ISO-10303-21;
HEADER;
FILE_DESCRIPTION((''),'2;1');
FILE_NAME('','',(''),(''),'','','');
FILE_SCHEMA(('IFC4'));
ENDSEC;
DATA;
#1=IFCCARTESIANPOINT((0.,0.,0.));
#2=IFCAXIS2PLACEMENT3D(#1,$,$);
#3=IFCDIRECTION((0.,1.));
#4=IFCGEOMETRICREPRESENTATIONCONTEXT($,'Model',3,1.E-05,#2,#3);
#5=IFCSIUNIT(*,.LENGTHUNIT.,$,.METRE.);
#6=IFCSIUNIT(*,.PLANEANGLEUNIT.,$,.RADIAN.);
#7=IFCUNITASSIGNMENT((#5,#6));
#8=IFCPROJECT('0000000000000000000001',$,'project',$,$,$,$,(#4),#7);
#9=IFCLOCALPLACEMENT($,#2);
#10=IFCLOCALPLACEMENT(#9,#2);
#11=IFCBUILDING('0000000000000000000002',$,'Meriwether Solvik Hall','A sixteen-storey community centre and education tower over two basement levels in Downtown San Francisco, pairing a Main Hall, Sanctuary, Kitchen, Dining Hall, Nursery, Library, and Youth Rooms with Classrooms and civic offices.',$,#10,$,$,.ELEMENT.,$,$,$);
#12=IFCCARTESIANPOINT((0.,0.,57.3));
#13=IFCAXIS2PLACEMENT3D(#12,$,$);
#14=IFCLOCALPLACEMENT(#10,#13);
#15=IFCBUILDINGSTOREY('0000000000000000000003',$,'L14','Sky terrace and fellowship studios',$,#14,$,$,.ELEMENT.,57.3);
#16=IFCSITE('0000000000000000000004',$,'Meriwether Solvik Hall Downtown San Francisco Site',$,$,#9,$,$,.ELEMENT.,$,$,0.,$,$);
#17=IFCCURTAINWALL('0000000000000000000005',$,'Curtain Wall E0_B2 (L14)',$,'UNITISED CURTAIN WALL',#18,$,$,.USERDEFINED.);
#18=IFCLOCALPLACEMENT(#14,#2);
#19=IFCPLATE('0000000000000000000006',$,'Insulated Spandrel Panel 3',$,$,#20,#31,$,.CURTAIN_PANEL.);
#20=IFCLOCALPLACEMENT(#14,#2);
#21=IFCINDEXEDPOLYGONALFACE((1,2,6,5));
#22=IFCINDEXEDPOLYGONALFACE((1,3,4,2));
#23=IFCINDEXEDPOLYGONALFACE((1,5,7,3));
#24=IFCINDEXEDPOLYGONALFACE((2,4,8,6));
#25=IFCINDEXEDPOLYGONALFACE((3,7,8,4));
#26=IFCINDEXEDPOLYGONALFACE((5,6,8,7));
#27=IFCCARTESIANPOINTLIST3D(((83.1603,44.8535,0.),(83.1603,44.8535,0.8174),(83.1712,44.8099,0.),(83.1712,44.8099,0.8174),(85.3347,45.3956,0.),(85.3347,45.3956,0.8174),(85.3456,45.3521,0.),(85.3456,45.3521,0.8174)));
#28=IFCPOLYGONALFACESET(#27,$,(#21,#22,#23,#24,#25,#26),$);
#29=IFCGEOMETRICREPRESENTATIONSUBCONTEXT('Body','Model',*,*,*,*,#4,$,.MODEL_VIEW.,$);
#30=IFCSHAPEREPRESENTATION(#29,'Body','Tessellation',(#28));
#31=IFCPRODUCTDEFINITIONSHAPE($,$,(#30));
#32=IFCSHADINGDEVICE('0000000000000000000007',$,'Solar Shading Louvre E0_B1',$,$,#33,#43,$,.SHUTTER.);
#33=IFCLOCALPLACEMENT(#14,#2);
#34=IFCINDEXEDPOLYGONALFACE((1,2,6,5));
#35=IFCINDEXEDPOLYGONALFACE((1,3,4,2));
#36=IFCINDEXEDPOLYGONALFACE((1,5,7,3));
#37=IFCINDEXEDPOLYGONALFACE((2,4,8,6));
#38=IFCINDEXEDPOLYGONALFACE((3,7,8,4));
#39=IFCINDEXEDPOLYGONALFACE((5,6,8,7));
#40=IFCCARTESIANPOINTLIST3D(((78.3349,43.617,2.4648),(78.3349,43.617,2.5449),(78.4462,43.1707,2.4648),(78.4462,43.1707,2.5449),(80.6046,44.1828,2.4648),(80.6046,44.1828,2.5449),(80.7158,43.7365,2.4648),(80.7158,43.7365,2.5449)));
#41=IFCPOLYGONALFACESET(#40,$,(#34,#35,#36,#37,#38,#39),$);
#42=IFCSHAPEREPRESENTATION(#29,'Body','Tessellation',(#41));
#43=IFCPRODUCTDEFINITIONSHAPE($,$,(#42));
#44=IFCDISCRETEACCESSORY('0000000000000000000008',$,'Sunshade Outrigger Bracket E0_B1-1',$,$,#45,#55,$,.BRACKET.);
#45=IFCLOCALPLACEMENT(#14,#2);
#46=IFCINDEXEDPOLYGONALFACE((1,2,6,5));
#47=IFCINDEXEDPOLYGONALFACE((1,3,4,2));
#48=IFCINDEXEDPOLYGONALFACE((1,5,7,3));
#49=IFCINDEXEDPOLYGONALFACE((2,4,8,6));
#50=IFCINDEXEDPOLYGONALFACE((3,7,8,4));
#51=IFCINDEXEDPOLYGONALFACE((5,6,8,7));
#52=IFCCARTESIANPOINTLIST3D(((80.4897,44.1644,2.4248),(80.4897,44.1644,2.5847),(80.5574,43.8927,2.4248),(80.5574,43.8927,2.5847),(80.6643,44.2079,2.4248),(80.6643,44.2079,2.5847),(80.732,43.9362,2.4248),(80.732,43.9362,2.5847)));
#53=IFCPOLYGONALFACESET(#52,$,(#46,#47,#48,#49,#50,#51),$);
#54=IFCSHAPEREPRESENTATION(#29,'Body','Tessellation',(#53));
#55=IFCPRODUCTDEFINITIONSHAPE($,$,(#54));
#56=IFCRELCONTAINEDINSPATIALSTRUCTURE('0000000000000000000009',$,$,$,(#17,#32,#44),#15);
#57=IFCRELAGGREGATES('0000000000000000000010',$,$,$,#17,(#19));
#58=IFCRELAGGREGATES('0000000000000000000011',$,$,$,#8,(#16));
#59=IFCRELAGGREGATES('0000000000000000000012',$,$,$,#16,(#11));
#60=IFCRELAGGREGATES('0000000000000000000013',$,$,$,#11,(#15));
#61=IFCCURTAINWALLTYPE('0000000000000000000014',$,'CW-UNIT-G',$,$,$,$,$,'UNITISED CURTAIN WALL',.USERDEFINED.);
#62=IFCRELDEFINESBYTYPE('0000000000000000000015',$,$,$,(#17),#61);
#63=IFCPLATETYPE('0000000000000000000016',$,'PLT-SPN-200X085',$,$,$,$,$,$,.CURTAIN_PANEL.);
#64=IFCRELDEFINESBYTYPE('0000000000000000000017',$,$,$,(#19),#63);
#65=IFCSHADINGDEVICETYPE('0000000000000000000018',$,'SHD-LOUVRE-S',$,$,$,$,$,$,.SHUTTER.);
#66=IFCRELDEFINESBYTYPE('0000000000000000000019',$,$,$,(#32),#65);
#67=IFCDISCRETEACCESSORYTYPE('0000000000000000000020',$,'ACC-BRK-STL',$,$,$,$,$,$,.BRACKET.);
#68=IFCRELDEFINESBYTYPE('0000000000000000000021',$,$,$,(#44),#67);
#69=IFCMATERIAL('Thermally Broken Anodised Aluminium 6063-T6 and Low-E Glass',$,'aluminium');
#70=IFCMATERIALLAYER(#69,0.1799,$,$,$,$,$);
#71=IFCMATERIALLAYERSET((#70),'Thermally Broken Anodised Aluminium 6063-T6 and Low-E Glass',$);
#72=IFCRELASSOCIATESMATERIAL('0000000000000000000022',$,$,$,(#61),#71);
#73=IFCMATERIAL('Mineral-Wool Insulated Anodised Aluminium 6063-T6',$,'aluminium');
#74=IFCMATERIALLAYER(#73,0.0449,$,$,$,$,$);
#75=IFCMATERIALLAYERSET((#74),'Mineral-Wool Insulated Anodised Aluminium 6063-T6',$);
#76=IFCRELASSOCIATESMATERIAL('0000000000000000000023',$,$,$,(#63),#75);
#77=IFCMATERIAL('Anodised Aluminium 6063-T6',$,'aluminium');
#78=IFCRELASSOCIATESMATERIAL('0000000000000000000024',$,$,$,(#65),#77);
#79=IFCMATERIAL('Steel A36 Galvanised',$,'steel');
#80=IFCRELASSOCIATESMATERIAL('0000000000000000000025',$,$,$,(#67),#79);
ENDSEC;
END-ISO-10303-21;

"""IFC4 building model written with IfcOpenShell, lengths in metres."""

from ifc_helpers import new_model, si_unit, direction, frame, origin, origin_2d, place, context, subcontext, project, spatial, rectangle, extrude, material, layer, layer_set, type_object, element, aggregate, save


model = new_model("IFC4")

# Units and contexts
model_context = context("Model", 3, precision=1e-05, world=origin(), true_north=direction((0.0, 1.0)))
body_context = subcontext(model_context, "Body", "Model", "MODEL_VIEW")
ifc_project = project(units=[si_unit("LENGTHUNIT", "METRE"), si_unit("PLANEANGLEUNIT", "RADIAN")], contexts=[model_context])

# Site, building, storey
site_placement = place(None, origin())
site = spatial("IfcSite", under=ifc_project, at=site_placement, Name="Meriwether Solvik Hall Downtown San Francisco Site", CompositionType="ELEMENT", RefElevation=0.0)
building_placement = place(site_placement, origin())
building = spatial("IfcBuilding", under=site, at=building_placement, Name="Meriwether Solvik Hall", Description="A sixteen-storey community centre and education tower over two basement levels in Downtown San Francisco, pairing a Main Hall, Sanctuary, Kitchen, Dining Hall, Nursery, Library, and Youth Rooms with Classrooms and civic offices.", CompositionType="ELEMENT")
storey_placement = place(building_placement, frame((0.0, 0.0, 57.3)))
storey = spatial("IfcBuildingStorey", under=building, at=storey_placement, Name="L14", Description="Sky terrace and fellowship studios", CompositionType="ELEMENT", Elevation=57.3)

# Curtain wall
ifc_material_1 = material(Name="Thermally Broken Anodised Aluminium 6063-T6 and Low-E Glass", Category="aluminium")
ifc_layer_1 = layer(ifc_material_1, 0.1799)
ifc_layer_set_1 = layer_set([ifc_layer_1], Name="Thermally Broken Anodised Aluminium 6063-T6 and Low-E Glass")
curtain_wall_type_1 = type_object("IfcCurtainWallType", Name="CW-UNIT-G", ElementType="UNITISED CURTAIN WALL", PredefinedType="USERDEFINED", material=ifc_layer_set_1)
curtain_wall_1_placement = place(storey_placement, origin())
curtain_wall_1 = element("IfcCurtainWall", 1, at=curtain_wall_1_placement, inside=storey, type_object=curtain_wall_type_1, Name="Curtain Wall E0_B2 (L14)", ObjectType="UNITISED CURTAIN WALL", PredefinedType="USERDEFINED")

# Plate
ifc_material_2 = material(Name="Mineral-Wool Insulated Anodised Aluminium 6063-T6", Category="aluminium")
ifc_layer_2 = layer(ifc_material_2, 0.0449)
ifc_layer_set_2 = layer_set([ifc_layer_2], Name="Mineral-Wool Insulated Anodised Aluminium 6063-T6")
plate_type_1 = type_object("IfcPlateType", Name="PLT-SPN-200X085", PredefinedType="CURTAIN_PANEL", material=ifc_layer_set_2)
plate_1_placement = place(storey_placement, frame((84.2529, 45.1028, 0.0), z_axis=(0.0, 0.0, 1.0), x_axis=(-0.970296, -0.241922, 0.0)))
plate_1 = element("IfcPlate", 2, at=plate_1_placement, type_object=plate_type_1, Name="Insulated Spandrel Panel 3", PredefinedType="CURTAIN_PANEL", context=body_context, shape_type="SweptSolid", body=[
    extrude(rectangle(XDim=2.241, YDim=0.0449, at=origin_2d()), origin(), (0.0, 0.0, 1.0), 0.8174),
])
aggregate(curtain_wall_1, [plate_1])

# Shading device
ifc_material_3 = material(Name="Anodised Aluminium 6063-T6", Category="aluminium")
shading_device_type = type_object("IfcShadingDeviceType", Name="SHD-LOUVRE-S", PredefinedType="SHUTTER", material=ifc_material_3)
shading_device_placement = place(storey_placement, frame((79.5254, 43.6768, 2.4648), z_axis=(0.0, 0.0, 1.0), x_axis=(-0.970296, -0.241922, 0.0)))
element("IfcShadingDevice", 3, at=shading_device_placement, inside=storey, type_object=shading_device_type, Name="Solar Shading Louvre E0_B1", PredefinedType="SHUTTER", context=body_context, shape_type="SweptSolid", body=[
    extrude(rectangle(XDim=2.3391, YDim=0.46, at=origin_2d()), origin(), (0.0, 0.0, 1.0), 0.0801),
])

# Discrete accessory
ifc_material_4 = material(Name="Steel A36 Galvanised", Category="steel")
discrete_accessory_type = type_object("IfcDiscreteAccessoryType", Name="ACC-BRK-STL", PredefinedType="BRACKET", material=ifc_material_4)
discrete_accessory_placement = place(storey_placement, frame((80.6108, 44.0503, 2.4248), z_axis=(0.0, 0.0, 1.0), x_axis=(-0.970296, -0.241922, 0.0)))
element("IfcDiscreteAccessory", 4, at=discrete_accessory_placement, inside=storey, type_object=discrete_accessory_type, Name="Sunshade Outrigger Bracket E0_B1-1", PredefinedType="BRACKET", context=body_context, shape_type="SweptSolid", body=[
    extrude(rectangle(XDim=0.1799, YDim=0.28, at=origin_2d()), origin(), (0.0, 0.0, 1.0), 0.1599),
])

save(model, "model.ifc")
